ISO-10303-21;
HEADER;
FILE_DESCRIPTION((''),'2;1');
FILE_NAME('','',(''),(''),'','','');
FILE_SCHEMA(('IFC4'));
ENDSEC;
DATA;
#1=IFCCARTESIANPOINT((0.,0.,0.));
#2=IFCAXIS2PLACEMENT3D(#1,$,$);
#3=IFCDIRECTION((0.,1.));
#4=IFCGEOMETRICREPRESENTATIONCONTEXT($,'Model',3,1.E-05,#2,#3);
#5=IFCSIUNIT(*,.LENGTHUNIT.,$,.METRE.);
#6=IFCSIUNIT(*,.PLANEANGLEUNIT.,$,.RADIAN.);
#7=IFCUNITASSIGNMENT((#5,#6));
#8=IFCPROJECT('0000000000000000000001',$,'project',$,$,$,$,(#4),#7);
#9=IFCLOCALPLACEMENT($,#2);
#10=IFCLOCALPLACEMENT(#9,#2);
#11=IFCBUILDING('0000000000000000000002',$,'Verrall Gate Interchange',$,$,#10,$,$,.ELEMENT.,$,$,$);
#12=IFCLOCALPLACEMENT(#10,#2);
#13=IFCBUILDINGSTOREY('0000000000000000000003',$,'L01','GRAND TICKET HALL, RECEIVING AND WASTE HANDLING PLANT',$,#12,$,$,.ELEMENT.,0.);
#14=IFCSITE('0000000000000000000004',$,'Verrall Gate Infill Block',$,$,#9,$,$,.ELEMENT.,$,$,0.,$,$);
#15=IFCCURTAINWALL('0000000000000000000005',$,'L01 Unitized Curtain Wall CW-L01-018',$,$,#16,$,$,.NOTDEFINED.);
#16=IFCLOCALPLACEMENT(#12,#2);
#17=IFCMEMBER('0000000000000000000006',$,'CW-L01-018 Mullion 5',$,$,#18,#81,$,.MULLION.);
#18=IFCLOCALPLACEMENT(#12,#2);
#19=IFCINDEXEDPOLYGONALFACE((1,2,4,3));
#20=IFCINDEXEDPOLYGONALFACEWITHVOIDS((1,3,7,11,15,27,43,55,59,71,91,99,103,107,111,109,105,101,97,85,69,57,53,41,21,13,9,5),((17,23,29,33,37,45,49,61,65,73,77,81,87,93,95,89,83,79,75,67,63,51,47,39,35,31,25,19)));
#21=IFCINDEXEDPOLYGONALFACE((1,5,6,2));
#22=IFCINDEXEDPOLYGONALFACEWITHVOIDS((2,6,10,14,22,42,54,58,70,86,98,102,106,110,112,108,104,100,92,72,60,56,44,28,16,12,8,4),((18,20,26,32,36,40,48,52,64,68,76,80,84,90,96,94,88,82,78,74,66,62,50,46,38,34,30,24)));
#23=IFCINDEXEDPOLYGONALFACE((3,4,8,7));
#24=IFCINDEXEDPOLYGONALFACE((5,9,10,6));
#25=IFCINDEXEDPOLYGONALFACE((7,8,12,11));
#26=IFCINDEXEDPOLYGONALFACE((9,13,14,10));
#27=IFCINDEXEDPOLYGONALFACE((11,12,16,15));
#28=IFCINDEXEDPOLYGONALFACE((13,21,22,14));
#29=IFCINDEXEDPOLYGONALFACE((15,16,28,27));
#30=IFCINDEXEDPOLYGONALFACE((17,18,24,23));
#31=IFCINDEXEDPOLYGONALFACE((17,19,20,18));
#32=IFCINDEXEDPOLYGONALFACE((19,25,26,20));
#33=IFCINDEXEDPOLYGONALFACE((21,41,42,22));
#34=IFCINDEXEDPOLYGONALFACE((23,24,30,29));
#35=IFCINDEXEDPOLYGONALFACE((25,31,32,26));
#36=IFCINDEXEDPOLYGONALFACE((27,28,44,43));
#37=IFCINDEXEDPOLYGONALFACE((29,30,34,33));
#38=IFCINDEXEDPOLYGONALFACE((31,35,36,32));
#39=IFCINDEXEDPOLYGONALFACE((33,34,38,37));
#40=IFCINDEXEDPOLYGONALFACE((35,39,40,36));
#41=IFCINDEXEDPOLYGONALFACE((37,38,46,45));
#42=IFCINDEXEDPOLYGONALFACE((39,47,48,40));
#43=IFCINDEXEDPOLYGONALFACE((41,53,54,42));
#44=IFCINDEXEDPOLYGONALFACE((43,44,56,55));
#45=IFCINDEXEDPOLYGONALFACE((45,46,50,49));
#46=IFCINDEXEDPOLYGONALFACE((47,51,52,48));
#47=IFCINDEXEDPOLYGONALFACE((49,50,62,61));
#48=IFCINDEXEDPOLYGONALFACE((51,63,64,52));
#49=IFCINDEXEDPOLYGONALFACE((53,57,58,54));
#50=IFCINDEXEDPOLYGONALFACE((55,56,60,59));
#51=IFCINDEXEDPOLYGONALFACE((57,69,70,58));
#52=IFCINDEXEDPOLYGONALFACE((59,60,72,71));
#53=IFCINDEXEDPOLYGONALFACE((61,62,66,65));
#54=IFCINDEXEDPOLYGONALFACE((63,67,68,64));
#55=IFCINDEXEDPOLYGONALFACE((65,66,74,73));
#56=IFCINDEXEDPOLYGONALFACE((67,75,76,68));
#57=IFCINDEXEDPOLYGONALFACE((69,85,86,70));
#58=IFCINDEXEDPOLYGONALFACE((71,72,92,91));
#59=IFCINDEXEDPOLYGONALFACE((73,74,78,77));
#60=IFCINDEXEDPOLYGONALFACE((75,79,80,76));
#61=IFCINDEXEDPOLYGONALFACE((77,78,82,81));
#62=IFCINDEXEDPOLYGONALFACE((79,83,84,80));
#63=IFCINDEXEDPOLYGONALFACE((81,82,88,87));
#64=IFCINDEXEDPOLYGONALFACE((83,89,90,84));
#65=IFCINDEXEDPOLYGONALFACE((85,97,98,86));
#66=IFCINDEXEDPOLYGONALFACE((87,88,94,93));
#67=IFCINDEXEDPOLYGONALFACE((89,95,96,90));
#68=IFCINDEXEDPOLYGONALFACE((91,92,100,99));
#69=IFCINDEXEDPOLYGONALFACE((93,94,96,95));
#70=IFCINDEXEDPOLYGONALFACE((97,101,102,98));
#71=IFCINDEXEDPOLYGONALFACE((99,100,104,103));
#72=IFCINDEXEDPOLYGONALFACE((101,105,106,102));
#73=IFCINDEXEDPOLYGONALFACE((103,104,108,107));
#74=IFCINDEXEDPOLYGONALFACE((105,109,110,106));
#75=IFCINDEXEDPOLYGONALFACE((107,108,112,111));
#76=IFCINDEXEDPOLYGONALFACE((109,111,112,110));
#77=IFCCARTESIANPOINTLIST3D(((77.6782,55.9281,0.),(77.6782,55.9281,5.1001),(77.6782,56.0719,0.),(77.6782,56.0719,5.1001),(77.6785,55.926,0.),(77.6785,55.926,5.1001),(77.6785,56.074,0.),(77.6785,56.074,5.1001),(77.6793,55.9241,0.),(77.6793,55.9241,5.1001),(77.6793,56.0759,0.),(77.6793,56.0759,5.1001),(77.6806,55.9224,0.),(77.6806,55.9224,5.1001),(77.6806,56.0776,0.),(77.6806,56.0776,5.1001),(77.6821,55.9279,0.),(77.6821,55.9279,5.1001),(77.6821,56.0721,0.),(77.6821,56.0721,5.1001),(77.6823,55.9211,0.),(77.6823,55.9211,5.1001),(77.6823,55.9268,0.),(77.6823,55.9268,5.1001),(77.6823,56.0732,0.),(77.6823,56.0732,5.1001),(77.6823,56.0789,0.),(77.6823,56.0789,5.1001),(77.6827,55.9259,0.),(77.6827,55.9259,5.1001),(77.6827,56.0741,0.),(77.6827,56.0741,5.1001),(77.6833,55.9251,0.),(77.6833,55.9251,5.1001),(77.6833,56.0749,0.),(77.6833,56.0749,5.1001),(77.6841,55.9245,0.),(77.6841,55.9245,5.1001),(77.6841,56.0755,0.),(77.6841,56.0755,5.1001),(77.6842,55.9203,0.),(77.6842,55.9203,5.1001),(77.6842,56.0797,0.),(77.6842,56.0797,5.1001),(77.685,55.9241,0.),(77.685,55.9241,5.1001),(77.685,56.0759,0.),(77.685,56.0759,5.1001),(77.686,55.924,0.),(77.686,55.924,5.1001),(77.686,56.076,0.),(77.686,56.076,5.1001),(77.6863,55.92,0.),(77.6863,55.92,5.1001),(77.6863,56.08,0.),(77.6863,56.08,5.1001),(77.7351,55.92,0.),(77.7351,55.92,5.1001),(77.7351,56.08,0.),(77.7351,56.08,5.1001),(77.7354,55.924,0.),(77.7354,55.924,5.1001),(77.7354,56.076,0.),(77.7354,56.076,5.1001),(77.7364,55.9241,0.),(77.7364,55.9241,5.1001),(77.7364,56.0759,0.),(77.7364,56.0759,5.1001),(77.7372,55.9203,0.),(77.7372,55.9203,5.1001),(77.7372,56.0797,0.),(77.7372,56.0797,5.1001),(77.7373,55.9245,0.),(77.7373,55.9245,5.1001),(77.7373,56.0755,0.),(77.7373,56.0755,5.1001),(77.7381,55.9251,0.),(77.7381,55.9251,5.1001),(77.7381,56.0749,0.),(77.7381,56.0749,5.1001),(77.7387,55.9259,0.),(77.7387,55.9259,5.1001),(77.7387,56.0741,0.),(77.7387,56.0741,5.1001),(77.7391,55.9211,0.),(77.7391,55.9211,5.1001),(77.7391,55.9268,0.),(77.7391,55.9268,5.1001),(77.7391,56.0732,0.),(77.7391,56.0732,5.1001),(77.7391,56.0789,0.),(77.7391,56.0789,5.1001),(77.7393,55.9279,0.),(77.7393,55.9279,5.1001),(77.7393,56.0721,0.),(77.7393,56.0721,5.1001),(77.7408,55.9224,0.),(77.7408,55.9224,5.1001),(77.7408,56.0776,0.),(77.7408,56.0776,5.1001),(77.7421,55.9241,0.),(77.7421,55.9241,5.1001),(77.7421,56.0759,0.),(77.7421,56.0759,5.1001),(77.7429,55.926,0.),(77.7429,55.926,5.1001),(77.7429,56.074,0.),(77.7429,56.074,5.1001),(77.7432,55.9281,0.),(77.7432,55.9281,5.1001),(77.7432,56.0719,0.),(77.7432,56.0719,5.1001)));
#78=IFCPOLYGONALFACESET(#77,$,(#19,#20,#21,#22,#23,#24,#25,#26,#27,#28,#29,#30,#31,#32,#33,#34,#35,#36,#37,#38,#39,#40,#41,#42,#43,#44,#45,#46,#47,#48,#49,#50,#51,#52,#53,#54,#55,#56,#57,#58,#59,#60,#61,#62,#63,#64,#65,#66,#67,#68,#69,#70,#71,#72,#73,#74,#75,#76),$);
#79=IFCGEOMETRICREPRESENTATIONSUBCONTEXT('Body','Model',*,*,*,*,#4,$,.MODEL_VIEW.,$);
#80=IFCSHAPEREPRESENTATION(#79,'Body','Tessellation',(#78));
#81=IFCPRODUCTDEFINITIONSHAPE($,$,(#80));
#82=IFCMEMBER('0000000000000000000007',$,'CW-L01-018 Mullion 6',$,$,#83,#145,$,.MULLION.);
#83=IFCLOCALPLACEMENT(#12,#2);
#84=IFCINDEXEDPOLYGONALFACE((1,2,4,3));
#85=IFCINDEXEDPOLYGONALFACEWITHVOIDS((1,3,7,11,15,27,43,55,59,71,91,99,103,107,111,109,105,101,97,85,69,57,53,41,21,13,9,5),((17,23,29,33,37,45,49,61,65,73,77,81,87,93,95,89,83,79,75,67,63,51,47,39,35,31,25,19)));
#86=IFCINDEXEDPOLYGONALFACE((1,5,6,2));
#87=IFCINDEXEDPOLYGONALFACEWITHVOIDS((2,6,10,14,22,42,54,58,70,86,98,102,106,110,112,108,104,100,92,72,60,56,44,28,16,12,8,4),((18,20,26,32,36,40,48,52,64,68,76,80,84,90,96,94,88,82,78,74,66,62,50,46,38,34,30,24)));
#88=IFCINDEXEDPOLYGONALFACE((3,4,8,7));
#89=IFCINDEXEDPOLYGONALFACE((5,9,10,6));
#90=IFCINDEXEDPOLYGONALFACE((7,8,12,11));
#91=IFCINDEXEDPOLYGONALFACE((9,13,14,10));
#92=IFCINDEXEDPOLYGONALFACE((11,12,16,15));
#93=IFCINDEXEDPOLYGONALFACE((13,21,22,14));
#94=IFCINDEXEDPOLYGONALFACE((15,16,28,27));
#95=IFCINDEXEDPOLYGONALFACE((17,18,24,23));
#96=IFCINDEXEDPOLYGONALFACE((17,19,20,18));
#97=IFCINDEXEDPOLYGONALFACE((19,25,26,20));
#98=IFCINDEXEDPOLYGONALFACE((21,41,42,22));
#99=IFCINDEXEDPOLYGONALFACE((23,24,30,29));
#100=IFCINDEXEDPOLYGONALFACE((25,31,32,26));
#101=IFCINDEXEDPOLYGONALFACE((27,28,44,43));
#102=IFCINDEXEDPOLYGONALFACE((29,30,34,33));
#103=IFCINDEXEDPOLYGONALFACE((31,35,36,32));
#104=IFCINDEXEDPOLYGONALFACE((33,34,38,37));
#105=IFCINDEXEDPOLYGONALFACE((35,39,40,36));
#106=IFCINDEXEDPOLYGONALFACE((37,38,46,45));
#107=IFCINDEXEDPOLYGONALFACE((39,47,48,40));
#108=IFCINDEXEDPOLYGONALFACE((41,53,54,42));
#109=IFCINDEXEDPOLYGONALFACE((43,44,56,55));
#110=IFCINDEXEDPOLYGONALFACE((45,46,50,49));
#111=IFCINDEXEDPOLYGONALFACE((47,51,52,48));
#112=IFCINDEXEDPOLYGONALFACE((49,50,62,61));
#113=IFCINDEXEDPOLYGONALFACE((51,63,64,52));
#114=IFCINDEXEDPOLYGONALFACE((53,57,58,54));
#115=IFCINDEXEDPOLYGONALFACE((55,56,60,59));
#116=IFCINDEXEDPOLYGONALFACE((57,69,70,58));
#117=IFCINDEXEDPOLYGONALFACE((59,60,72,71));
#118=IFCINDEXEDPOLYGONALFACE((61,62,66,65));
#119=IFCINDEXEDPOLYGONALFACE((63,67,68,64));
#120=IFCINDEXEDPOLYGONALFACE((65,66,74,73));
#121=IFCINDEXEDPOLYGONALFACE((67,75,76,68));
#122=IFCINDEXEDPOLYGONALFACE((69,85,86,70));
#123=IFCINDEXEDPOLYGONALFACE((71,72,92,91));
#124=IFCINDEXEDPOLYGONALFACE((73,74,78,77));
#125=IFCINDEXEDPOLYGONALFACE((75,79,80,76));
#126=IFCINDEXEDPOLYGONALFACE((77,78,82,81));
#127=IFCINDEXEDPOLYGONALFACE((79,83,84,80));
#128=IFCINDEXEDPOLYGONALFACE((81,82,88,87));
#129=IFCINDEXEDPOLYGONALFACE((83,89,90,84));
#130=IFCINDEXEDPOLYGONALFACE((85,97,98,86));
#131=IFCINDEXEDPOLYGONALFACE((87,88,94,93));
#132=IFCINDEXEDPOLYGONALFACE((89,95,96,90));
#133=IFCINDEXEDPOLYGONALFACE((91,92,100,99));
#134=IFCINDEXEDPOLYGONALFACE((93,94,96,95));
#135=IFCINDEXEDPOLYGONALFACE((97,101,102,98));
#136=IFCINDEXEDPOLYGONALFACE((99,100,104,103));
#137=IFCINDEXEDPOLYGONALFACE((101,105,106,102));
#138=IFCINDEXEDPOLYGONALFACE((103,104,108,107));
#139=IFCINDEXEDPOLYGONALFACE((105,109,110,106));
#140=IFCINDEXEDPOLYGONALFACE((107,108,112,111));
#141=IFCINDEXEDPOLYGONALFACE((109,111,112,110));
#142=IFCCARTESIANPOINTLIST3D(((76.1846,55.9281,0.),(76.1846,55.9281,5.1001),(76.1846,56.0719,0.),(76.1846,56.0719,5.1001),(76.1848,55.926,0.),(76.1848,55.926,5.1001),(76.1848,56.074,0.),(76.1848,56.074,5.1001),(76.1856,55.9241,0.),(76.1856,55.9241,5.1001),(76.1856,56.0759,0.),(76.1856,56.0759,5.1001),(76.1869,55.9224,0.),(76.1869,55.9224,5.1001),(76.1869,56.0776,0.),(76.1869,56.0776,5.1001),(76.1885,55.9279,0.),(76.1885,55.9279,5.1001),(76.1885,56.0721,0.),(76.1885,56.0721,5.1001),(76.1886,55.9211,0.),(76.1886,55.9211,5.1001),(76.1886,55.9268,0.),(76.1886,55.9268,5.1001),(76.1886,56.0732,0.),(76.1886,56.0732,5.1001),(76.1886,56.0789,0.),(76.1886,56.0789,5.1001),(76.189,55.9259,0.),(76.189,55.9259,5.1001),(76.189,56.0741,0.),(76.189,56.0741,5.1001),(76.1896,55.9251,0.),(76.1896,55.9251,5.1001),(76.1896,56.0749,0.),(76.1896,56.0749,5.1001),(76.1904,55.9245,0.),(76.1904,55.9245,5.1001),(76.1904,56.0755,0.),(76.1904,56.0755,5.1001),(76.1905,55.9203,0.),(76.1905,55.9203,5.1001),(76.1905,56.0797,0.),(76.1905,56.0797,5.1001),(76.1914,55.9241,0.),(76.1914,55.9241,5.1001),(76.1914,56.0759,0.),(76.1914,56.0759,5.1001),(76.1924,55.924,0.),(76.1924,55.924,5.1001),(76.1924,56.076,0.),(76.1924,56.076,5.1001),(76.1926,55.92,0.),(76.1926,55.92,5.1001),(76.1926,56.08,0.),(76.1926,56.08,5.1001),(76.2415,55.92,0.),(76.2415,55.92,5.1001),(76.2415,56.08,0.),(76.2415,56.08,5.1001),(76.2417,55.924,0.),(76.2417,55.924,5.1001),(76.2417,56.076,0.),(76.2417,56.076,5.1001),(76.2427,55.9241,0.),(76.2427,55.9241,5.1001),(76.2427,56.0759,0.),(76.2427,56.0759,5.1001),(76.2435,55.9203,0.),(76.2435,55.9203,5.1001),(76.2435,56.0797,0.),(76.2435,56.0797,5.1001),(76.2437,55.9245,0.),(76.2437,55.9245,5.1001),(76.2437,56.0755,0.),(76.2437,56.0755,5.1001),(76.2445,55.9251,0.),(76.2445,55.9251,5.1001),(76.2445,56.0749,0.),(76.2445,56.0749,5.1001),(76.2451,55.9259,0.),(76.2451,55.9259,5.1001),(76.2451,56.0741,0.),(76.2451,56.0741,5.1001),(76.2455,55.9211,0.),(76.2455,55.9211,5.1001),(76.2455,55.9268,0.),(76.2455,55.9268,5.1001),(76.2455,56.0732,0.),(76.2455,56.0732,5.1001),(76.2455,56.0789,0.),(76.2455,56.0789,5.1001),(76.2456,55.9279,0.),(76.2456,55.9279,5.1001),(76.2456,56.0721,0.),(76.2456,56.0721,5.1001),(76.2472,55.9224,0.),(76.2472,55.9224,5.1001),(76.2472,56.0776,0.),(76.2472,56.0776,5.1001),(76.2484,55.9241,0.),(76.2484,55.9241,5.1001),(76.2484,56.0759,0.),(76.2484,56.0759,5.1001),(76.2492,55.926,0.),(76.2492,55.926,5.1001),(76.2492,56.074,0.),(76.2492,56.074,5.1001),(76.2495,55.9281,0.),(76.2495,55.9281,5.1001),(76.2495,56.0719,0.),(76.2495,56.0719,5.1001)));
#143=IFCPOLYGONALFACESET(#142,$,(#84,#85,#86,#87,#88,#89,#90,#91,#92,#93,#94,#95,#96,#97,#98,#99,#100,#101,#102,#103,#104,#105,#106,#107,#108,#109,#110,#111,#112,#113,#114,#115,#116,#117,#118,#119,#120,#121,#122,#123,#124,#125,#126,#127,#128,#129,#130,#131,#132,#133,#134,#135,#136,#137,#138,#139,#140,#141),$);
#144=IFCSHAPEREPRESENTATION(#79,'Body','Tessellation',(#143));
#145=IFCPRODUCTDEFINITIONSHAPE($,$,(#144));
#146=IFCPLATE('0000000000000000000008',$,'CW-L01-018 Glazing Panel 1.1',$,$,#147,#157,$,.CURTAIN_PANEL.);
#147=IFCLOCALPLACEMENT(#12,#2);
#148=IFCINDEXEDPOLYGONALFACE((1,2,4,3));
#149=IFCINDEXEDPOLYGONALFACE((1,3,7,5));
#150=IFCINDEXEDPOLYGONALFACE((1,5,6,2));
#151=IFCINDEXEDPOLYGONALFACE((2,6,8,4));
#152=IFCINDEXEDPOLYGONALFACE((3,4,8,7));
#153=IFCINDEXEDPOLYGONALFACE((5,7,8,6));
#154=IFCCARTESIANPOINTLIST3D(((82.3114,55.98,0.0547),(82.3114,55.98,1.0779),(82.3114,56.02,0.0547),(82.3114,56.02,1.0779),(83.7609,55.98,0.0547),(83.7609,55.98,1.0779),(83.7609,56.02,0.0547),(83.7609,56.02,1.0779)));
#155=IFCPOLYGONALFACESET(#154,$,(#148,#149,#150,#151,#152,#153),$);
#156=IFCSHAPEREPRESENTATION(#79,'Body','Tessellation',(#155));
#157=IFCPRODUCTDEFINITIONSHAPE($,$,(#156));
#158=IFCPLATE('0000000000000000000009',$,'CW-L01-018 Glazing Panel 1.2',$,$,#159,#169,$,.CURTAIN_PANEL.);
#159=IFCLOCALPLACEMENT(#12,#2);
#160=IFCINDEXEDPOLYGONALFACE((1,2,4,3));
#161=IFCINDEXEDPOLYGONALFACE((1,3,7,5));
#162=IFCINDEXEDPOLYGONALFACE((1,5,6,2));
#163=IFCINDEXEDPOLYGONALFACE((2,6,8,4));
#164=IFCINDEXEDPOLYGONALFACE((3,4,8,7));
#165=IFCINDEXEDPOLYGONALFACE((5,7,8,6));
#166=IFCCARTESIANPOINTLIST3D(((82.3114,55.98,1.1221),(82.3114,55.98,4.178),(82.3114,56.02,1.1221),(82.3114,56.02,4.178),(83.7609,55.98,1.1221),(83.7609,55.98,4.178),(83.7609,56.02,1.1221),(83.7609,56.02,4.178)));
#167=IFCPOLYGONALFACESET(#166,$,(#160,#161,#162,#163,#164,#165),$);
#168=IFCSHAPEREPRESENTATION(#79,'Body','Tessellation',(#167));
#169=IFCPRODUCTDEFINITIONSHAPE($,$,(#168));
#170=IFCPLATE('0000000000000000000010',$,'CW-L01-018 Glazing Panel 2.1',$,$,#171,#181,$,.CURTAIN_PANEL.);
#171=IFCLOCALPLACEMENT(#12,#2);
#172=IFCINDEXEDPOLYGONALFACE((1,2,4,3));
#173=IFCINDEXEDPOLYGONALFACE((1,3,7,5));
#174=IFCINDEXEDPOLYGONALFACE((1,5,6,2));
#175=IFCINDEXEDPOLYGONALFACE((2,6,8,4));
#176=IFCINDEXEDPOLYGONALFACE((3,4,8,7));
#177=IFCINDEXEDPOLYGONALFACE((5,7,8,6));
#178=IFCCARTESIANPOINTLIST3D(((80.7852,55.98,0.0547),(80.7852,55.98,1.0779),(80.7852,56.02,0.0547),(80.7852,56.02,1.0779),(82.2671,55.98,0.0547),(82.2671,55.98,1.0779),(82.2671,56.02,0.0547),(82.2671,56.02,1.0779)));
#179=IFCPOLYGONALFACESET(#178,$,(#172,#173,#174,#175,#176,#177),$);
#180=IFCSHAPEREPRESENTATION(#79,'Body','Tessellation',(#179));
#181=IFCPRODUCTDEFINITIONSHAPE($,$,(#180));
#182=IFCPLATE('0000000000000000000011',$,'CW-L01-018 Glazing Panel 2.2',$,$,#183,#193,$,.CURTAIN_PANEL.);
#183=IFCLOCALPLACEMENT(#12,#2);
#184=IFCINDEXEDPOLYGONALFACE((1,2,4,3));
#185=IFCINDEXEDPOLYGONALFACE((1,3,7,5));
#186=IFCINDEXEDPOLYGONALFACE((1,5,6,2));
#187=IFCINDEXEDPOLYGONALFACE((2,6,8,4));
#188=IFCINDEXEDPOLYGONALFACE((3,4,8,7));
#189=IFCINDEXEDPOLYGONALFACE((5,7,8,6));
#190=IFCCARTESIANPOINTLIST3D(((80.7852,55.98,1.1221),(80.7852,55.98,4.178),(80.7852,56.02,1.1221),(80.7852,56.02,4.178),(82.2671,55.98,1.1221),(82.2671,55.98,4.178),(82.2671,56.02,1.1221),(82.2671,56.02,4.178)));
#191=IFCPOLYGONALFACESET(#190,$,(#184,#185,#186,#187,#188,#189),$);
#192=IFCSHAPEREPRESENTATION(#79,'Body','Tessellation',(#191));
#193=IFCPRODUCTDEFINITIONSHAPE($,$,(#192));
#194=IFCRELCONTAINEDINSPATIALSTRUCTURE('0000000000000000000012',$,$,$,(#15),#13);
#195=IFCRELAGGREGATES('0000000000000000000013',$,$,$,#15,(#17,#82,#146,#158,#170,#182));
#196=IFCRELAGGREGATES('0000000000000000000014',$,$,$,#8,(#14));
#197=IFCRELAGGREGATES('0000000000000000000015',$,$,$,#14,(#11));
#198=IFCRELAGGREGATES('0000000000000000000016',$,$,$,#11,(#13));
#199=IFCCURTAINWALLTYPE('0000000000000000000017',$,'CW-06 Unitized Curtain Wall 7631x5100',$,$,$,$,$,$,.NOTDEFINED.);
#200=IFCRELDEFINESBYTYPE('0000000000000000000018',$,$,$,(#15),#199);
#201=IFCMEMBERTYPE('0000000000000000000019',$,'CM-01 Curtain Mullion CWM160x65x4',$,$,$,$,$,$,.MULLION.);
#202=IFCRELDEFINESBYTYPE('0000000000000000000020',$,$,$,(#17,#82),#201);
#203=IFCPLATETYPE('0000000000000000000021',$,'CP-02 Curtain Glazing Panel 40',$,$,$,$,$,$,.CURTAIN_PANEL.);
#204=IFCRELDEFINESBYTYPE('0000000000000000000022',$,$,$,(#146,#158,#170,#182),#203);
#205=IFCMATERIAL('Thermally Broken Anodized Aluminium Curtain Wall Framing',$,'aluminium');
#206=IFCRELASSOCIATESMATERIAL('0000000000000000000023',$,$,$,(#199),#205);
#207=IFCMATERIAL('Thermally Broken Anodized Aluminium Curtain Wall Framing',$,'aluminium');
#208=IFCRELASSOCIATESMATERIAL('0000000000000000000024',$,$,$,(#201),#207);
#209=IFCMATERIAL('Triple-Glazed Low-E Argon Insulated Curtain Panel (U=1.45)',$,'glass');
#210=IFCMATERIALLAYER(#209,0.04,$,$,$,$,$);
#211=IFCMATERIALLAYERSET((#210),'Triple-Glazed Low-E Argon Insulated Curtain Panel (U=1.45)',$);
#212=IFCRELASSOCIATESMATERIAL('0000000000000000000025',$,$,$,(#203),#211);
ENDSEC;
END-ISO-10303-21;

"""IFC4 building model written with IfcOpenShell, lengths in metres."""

from ifc_helpers import new_model, si_unit, direction, frame, origin, origin_2d, place, context, subcontext, project, spatial, rectangle, hollow_rectangle, extrude, material, layer, layer_set, material_profile, profile_set, type_object, element, aggregate, save


model = new_model("IFC4")

# Units and contexts
model_context = context("Model", 3, precision=1e-05, world=origin(), true_north=direction((0.0, 1.0)))
body_context = subcontext(model_context, "Body", "Model", "MODEL_VIEW")
ifc_project = project(units=[si_unit("LENGTHUNIT", "METRE"), si_unit("PLANEANGLEUNIT", "RADIAN")], contexts=[model_context])

# Site, building, storey
site_placement = place(None, origin())
site = spatial("IfcSite", under=ifc_project, at=site_placement, Name="Verrall Gate Infill Block", CompositionType="ELEMENT", RefElevation=0.0)
building_placement = place(site_placement, origin())
building = spatial("IfcBuilding", under=site, at=building_placement, Name="Verrall Gate Interchange", CompositionType="ELEMENT")
storey_placement = place(building_placement, origin())
storey = spatial("IfcBuildingStorey", under=building, at=storey_placement, Name="L01", Description="GRAND TICKET HALL, RECEIVING AND WASTE HANDLING PLANT", CompositionType="ELEMENT", Elevation=0.0)

# Curtain wall, members, plates
ifc_material_1 = material(Name="Thermally Broken Anodized Aluminium Curtain Wall Framing", Category="aluminium")
curtain_wall_type = type_object("IfcCurtainWallType", Name="CW-06 Unitized Curtain Wall 7631x5100", PredefinedType="NOTDEFINED", material=ifc_material_1)
curtain_wall_placement = place(storey_placement, origin())
curtain_wall = element("IfcCurtainWall", 1, at=curtain_wall_placement, inside=storey, type_object=curtain_wall_type, Name="L01 Unitized Curtain Wall CW-L01-018", PredefinedType="NOTDEFINED")
ifc_material_2 = material(Name="Thermally Broken Anodized Aluminium Curtain Wall Framing", Category="aluminium")
ifc_material_profile_1 = material_profile(ifc_material_2, hollow_rectangle(XDim=0.0649, YDim=0.1599, WallThickness=0.0039, InnerFilletRadius=0.0039, OuterFilletRadius=0.0081, at=origin_2d()), Name="CWM160x65x4")
ifc_profile_set_1 = profile_set([ifc_material_profile_1], Name="Thermally Broken Anodized Aluminium Curtain Wall Framing")
member_type = type_object("IfcMemberType", Name="CM-01 Curtain Mullion CWM160x65x4", PredefinedType="MULLION", material=ifc_profile_set_1)
member_1_placement = place(storey_placement, frame((77.7107, 56.0, 0.0), z_axis=(0.0, 0.0, 1.0), x_axis=(-1.0, 0.0, 0.0)))
member_1 = element("IfcMember", 2, at=member_1_placement, type_object=member_type, Name="CW-L01-018 Mullion 5", PredefinedType="MULLION", context=body_context, shape_type="SweptSolid", body=[
    extrude(hollow_rectangle(XDim=0.0649, YDim=0.1599, WallThickness=0.0039, InnerFilletRadius=0.0039, OuterFilletRadius=0.0081, at=origin_2d()), origin(), (0.0, 0.0, 1.0), 5.1001),
])
member_2_placement = place(storey_placement, frame((76.217, 56.0, 0.0), z_axis=(0.0, 0.0, 1.0), x_axis=(-1.0, 0.0, 0.0)))
member_2 = element("IfcMember", 3, at=member_2_placement, type_object=member_type, Name="CW-L01-018 Mullion 6", PredefinedType="MULLION", context=body_context, shape_type="SweptSolid", body=[
    extrude(hollow_rectangle(XDim=0.0649, YDim=0.1599, WallThickness=0.0039, InnerFilletRadius=0.0039, OuterFilletRadius=0.0081, at=origin_2d()), origin(), (0.0, 0.0, 1.0), 5.1001),
])
ifc_material_3 = material(Name="Triple-Glazed Low-E Argon Insulated Curtain Panel (U=1.45)", Category="glass")
ifc_layer = layer(ifc_material_3, 0.04)
ifc_layer_set = layer_set([ifc_layer], Name="Triple-Glazed Low-E Argon Insulated Curtain Panel (U=1.45)")
plate_type = type_object("IfcPlateType", Name="CP-02 Curtain Glazing Panel 40", PredefinedType="CURTAIN_PANEL", material=ifc_layer_set)
plate_1_placement = place(storey_placement, frame((83.0361, 56.0, 0.0547), z_axis=(0.0, 0.0, 1.0), x_axis=(-1.0, 0.0, 0.0)))
plate_1 = element("IfcPlate", 4, at=plate_1_placement, type_object=plate_type, Name="CW-L01-018 Glazing Panel 1.1", PredefinedType="CURTAIN_PANEL", context=body_context, shape_type="SweptSolid", body=[
    extrude(rectangle(XDim=1.4495, YDim=0.04, at=origin_2d()), origin(), (0.0, 0.0, 1.0), 1.0232),
])
plate_2_placement = place(storey_placement, frame((83.0361, 56.0, 1.1221), z_axis=(0.0, 0.0, 1.0), x_axis=(-1.0, 0.0, 0.0)))
plate_2 = element("IfcPlate", 5, at=plate_2_placement, type_object=plate_type, Name="CW-L01-018 Glazing Panel 1.2", PredefinedType="CURTAIN_PANEL", context=body_context, shape_type="SweptSolid", body=[
    extrude(rectangle(XDim=1.4495, YDim=0.04, at=origin_2d()), origin(), (0.0, 0.0, 1.0), 3.0559),
])
plate_3_placement = place(storey_placement, frame((81.5261, 56.0, 0.0547), z_axis=(0.0, 0.0, 1.0), x_axis=(-1.0, 0.0, 0.0)))
plate_3 = element("IfcPlate", 6, at=plate_3_placement, type_object=plate_type, Name="CW-L01-018 Glazing Panel 2.1", PredefinedType="CURTAIN_PANEL", context=body_context, shape_type="SweptSolid", body=[
    extrude(rectangle(XDim=1.4819, YDim=0.04, at=origin_2d()), origin(), (0.0, 0.0, 1.0), 1.0232),
])
plate_4_placement = place(storey_placement, frame((81.5261, 56.0, 1.1221), z_axis=(0.0, 0.0, 1.0), x_axis=(-1.0, 0.0, 0.0)))
plate_4 = element("IfcPlate", 7, at=plate_4_placement, type_object=plate_type, Name="CW-L01-018 Glazing Panel 2.2", PredefinedType="CURTAIN_PANEL", context=body_context, shape_type="SweptSolid", body=[
    extrude(rectangle(XDim=1.4819, YDim=0.04, at=origin_2d()), origin(), (0.0, 0.0, 1.0), 3.0559),
])
aggregate(curtain_wall, [member_1, member_2, plate_1, plate_2, plate_3, plate_4])

save(model, "model.ifc")
